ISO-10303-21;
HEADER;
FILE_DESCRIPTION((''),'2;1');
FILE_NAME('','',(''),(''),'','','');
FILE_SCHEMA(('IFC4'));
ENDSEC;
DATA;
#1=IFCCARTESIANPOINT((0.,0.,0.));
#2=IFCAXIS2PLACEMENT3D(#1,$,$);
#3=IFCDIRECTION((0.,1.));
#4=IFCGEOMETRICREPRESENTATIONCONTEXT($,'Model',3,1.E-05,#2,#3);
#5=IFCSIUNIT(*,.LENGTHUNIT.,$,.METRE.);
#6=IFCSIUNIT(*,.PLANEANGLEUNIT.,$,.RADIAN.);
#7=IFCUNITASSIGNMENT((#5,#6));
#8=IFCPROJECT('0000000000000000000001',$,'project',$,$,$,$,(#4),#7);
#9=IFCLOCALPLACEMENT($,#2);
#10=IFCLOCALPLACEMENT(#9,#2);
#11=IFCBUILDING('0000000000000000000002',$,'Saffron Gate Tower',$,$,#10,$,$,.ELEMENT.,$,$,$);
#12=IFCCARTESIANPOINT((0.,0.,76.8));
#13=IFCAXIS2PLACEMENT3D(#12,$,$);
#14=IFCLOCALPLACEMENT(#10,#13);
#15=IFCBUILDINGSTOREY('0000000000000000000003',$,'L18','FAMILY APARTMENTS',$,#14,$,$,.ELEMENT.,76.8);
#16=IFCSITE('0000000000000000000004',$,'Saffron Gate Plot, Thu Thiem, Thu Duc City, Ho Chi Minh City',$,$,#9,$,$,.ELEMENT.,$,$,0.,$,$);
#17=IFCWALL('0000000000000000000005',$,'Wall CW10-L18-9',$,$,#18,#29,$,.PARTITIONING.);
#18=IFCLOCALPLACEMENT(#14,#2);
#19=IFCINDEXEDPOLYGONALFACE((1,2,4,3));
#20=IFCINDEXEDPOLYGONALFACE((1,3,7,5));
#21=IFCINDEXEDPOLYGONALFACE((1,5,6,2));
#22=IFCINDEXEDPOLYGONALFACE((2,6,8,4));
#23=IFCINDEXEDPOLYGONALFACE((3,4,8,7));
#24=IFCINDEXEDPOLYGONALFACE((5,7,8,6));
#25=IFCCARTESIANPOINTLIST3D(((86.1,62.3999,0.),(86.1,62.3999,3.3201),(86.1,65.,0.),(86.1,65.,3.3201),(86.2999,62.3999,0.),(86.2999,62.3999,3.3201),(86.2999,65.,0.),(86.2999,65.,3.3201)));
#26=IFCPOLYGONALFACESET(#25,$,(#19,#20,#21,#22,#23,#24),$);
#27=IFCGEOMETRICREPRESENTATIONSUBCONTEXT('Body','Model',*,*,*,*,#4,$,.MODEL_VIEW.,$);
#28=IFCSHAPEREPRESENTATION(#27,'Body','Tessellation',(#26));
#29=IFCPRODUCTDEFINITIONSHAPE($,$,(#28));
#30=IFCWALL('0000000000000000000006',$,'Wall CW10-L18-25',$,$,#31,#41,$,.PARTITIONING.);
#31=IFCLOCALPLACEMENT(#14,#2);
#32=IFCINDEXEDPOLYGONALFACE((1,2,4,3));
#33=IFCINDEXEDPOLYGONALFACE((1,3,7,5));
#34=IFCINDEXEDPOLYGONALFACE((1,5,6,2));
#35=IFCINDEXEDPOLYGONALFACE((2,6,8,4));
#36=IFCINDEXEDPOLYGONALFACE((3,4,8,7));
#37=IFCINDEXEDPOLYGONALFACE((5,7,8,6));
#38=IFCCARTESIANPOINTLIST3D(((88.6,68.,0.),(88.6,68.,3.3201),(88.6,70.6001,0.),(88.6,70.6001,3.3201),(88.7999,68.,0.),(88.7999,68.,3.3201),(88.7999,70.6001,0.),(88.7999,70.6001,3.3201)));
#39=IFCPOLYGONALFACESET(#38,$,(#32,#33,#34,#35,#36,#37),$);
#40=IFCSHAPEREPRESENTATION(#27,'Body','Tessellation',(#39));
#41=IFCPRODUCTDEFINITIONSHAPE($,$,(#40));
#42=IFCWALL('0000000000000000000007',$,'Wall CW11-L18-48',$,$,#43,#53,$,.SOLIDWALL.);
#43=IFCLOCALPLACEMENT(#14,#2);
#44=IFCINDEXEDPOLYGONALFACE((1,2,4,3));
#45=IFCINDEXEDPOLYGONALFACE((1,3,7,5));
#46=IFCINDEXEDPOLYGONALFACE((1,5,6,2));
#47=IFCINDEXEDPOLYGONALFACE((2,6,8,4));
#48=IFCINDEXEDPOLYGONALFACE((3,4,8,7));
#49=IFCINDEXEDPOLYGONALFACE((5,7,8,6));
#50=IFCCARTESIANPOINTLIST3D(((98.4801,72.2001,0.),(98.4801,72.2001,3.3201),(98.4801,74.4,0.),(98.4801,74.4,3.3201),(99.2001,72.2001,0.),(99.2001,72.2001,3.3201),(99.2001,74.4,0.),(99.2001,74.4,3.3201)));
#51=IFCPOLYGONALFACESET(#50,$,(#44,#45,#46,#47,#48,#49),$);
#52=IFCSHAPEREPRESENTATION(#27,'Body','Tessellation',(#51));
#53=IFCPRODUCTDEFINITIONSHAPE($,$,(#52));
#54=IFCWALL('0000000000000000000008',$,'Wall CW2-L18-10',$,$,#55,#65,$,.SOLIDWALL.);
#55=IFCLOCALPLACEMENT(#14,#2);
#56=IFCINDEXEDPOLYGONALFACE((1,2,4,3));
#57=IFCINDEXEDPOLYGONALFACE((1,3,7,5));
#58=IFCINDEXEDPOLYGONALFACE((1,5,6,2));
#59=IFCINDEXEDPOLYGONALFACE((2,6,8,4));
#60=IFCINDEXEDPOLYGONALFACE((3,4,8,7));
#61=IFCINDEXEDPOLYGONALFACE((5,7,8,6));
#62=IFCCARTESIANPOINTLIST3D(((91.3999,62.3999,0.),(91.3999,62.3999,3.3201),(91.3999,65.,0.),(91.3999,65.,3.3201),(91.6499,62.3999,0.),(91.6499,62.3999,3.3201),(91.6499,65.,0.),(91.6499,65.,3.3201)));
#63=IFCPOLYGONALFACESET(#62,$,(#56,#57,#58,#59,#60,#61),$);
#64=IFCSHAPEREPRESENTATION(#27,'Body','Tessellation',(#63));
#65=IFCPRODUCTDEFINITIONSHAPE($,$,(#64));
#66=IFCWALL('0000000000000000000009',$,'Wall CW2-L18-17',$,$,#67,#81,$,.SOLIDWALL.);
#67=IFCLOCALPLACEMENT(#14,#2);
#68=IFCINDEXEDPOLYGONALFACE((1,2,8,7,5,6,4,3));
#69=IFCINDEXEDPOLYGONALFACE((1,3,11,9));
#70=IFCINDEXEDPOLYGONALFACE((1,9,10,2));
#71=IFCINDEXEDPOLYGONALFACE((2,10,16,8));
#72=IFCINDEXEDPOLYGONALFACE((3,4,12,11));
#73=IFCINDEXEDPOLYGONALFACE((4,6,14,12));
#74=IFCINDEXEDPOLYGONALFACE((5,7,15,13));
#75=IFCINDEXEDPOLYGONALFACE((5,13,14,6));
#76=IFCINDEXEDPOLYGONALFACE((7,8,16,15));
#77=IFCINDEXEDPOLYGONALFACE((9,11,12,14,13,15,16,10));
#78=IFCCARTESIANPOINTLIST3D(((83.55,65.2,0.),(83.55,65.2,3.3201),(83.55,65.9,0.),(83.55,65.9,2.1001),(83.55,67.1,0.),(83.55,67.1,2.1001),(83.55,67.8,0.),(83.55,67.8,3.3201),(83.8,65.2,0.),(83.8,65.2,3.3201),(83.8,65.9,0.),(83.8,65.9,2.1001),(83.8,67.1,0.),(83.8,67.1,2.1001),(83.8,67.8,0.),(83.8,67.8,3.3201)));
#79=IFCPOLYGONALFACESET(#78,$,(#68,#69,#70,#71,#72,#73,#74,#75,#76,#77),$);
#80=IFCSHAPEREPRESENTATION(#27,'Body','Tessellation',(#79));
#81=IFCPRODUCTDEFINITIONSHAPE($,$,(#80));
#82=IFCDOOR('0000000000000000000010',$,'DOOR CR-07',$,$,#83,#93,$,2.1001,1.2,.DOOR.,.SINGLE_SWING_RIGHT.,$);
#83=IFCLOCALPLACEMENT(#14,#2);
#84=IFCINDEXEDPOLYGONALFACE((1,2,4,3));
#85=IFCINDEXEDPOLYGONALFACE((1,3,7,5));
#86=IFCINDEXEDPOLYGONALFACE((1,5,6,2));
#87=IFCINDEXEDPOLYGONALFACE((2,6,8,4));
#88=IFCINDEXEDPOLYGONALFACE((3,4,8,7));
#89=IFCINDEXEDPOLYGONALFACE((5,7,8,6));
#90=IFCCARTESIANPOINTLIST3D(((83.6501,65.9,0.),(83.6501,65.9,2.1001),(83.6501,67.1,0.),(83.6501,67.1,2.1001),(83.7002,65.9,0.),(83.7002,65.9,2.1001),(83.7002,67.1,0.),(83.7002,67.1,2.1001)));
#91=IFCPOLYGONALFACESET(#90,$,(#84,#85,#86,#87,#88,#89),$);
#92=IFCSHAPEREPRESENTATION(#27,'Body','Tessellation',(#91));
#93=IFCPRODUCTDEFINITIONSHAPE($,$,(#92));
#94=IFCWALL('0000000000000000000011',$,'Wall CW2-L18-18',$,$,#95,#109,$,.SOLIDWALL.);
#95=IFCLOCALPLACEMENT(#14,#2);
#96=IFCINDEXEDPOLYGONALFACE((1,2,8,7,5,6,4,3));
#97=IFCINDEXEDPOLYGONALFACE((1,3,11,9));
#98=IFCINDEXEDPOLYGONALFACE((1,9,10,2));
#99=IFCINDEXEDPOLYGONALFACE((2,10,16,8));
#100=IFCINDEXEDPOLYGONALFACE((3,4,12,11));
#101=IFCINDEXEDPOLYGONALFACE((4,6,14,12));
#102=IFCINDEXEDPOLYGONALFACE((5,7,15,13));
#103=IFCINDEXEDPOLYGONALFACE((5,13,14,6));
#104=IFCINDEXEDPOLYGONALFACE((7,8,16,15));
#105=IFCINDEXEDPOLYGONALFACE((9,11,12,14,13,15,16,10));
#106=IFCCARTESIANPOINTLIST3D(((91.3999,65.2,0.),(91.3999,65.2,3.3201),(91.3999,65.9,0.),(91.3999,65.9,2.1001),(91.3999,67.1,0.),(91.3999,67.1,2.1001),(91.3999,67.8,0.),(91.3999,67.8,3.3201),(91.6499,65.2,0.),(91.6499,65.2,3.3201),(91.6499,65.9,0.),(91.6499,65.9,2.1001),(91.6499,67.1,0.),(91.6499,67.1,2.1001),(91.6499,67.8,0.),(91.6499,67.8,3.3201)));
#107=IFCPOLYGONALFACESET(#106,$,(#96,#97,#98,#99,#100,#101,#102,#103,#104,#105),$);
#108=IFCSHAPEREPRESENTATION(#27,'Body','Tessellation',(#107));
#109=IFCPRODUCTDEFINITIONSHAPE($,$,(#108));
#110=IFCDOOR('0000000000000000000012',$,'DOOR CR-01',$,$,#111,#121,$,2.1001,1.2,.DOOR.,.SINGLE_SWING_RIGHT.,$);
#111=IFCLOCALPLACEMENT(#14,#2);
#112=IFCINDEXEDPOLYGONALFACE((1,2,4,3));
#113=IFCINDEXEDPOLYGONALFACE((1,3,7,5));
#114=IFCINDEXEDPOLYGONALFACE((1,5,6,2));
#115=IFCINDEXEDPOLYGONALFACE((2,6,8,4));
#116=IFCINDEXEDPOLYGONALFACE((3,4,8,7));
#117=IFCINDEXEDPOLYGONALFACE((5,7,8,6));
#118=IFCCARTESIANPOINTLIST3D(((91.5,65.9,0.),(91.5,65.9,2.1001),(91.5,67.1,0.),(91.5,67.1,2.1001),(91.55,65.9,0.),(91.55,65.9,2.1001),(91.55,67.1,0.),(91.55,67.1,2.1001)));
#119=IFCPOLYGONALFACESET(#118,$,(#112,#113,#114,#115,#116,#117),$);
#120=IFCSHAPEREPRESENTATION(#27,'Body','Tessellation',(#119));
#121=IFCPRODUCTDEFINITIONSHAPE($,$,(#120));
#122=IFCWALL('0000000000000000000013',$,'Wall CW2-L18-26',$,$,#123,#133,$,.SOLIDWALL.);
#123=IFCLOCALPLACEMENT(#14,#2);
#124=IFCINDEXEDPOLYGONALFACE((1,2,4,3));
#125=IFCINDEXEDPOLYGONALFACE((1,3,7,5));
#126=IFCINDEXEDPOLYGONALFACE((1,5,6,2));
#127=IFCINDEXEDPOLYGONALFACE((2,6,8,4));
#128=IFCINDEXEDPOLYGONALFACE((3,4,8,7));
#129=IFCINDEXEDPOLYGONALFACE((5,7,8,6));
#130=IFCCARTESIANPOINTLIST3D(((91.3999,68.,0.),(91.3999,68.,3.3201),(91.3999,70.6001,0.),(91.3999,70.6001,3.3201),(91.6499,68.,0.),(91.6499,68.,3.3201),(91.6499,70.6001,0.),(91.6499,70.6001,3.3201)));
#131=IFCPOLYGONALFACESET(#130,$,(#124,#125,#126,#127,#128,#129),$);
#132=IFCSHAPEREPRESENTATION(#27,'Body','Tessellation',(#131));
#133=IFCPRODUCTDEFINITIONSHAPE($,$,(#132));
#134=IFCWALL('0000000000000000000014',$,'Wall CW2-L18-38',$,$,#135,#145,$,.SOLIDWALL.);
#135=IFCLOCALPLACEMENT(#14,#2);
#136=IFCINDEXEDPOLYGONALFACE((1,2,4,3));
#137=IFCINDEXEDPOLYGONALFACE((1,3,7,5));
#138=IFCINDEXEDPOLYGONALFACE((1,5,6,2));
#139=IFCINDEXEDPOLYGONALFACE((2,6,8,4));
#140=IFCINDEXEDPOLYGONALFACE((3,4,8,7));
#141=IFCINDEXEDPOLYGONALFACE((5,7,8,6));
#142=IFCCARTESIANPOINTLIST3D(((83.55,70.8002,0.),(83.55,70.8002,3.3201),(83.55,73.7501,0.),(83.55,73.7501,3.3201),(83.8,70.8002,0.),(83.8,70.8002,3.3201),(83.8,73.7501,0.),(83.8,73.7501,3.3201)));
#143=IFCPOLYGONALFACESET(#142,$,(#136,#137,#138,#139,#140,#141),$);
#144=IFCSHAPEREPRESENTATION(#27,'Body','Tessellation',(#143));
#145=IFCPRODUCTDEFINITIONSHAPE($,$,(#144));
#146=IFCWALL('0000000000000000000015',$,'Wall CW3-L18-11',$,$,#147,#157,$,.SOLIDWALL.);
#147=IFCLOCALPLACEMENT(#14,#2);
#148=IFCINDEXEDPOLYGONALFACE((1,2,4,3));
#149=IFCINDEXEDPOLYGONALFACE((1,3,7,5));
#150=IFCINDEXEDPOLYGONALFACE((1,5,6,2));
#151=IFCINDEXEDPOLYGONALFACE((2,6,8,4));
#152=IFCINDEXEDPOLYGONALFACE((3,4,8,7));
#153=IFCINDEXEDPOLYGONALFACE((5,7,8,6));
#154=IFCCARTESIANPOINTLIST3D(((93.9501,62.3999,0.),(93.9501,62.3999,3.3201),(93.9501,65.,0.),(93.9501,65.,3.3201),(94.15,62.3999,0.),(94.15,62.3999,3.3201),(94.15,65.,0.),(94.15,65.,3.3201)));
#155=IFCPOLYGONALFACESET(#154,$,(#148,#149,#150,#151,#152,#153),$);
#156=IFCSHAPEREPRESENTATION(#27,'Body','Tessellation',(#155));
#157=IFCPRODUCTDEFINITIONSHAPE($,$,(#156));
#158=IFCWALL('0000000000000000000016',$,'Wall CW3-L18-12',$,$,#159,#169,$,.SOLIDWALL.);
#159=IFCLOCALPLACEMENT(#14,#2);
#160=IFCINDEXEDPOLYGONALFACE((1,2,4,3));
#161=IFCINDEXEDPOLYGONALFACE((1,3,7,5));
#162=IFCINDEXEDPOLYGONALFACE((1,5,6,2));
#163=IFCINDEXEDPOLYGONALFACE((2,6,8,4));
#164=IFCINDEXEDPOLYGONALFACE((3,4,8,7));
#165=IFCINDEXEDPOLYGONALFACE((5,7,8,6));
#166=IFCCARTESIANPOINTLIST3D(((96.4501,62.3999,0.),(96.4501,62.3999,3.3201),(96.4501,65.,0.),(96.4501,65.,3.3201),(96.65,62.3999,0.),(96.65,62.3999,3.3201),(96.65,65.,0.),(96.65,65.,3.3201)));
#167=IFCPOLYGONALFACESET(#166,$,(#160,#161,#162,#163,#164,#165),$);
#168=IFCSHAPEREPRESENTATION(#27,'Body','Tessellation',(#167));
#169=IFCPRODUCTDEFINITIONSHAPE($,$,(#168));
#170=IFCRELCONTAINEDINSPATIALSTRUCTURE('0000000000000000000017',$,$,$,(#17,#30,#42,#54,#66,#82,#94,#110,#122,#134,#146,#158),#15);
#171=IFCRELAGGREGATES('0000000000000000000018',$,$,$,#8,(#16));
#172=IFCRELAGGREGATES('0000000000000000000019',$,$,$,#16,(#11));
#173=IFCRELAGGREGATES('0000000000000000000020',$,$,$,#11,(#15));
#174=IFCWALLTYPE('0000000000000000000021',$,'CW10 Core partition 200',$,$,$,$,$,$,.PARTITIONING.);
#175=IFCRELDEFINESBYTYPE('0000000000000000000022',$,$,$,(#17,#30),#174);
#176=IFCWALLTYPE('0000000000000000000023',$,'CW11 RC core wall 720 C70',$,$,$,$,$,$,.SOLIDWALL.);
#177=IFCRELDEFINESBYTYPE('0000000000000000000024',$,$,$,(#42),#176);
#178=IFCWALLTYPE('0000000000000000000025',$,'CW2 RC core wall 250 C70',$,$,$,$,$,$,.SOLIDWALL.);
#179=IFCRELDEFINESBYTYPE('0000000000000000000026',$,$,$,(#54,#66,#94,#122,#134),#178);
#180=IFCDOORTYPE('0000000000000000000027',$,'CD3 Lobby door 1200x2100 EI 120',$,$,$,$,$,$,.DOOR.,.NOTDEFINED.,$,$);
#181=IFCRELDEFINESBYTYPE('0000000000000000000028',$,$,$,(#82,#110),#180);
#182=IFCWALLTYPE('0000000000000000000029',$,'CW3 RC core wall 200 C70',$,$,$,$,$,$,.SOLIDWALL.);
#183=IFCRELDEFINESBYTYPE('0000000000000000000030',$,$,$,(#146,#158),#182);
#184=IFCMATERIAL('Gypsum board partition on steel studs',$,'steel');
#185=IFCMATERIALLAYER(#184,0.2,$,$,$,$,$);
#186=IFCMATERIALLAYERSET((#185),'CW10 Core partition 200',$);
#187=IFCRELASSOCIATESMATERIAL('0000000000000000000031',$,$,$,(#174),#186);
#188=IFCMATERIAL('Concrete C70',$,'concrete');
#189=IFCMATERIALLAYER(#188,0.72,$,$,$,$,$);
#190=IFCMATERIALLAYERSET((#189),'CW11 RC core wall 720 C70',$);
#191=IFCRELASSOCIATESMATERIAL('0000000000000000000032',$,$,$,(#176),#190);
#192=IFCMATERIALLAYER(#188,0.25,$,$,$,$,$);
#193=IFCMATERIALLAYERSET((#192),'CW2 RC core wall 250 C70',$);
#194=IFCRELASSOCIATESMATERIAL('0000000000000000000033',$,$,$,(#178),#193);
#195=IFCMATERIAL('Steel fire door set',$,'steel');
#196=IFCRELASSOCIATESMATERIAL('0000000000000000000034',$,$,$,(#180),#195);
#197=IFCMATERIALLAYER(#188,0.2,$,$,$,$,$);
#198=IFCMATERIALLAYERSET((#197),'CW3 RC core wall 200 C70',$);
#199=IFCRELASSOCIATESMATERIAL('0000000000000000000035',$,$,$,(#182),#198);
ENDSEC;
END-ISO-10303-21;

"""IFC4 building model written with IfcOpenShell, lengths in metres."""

from ifc_helpers import new_model, si_unit, direction, frame, frame_2d, origin, place, context, subcontext, project, spatial, rectangle, extrude, material, layer, layer_set, type_object, element, fill, save


model = new_model("IFC4")

# Units and contexts
model_context = context("Model", 3, precision=1e-05, world=origin(), true_north=direction((0.0, 1.0)))
body_context = subcontext(model_context, "Body", "Model", "MODEL_VIEW")
ifc_project = project(units=[si_unit("LENGTHUNIT", "METRE"), si_unit("PLANEANGLEUNIT", "RADIAN")], contexts=[model_context])

# Site, building, storey
site_placement = place(None, origin())
site = spatial("IfcSite", under=ifc_project, at=site_placement, Name="Saffron Gate Plot, Thu Thiem, Thu Duc City, Ho Chi Minh City", CompositionType="ELEMENT", RefElevation=0.0)
building_placement = place(site_placement, origin())
building = spatial("IfcBuilding", under=site, at=building_placement, Name="Saffron Gate Tower", CompositionType="ELEMENT")
storey_placement = place(building_placement, frame((0.0, 0.0, 76.8)))
storey = spatial("IfcBuildingStorey", under=building, at=storey_placement, Name="L18", Description="FAMILY APARTMENTS", CompositionType="ELEMENT", Elevation=76.8)

# Walls
ifc_material_1 = material(Name="Gypsum board partition on steel studs", Category="steel")
ifc_layer_1 = layer(ifc_material_1, 0.2)
ifc_layer_set_1 = layer_set([ifc_layer_1], Name="CW10 Core partition 200")
wall_type_1 = type_object("IfcWallType", Name="CW10 Core partition 200", PredefinedType="PARTITIONING", material=ifc_layer_set_1)
for number, where, z_axis, x_axis, name in (
    (1, (86.2, 62.3999, 0.0), (0.0, 0.0, 1.0), (0.0, 1.0, 0.0), "Wall CW10-L18-9"),
    (2, (88.7, 68.0, 0.0), (0.0, 0.0, 1.0), (0.0, 1.0, 0.0), "Wall CW10-L18-25"),
):
    element("IfcWall", number, at=place(storey_placement, frame(where, z_axis=z_axis, x_axis=x_axis)), inside=storey, type_object=wall_type_1, Name=name, PredefinedType="PARTITIONING", context=body_context, shape_type="SweptSolid", body=[
        extrude(rectangle(XDim=2.6001, YDim=0.2, at=frame_2d((1.3, 0.0))), origin(), (0.0, 0.0, 1.0), 3.3201),
    ])
ifc_material_2 = material(Name="Concrete C70", Category="concrete")
ifc_layer_2 = layer(ifc_material_2, 0.72)
ifc_layer_set_2 = layer_set([ifc_layer_2], Name="CW11 RC core wall 720 C70")
wall_type_2 = type_object("IfcWallType", Name="CW11 RC core wall 720 C70", PredefinedType="SOLIDWALL", material=ifc_layer_set_2)
wall_1_placement = place(storey_placement, frame((98.8401, 72.2, 0.0), z_axis=(0.0, 0.0, 1.0), x_axis=(0.0, 1.0, 0.0)))
element("IfcWall", 3, at=wall_1_placement, inside=storey, type_object=wall_type_2, Name="Wall CW11-L18-48", PredefinedType="SOLIDWALL", context=body_context, shape_type="SweptSolid", body=[
    extrude(rectangle(XDim=2.2, YDim=0.72, at=frame_2d((1.1001, 0.0))), origin(), (0.0, 0.0, 1.0), 3.3201),
])
ifc_layer_3 = layer(ifc_material_2, 0.25)
ifc_layer_set_3 = layer_set([ifc_layer_3], Name="CW2 RC core wall 250 C70")
wall_type_3 = type_object("IfcWallType", Name="CW2 RC core wall 250 C70", PredefinedType="SOLIDWALL", material=ifc_layer_set_3)
wall_2_placement = place(storey_placement, frame((91.5249, 62.3999, 0.0), z_axis=(0.0, 0.0, 1.0), x_axis=(0.0, 1.0, 0.0)))
element("IfcWall", 4, at=wall_2_placement, inside=storey, type_object=wall_type_3, Name="Wall CW2-L18-10", PredefinedType="SOLIDWALL", context=body_context, shape_type="SweptSolid", body=[
    extrude(rectangle(XDim=2.6001, YDim=0.25, at=frame_2d((1.3, 0.0))), origin(), (0.0, 0.0, 1.0), 3.3201),
])

# Walls, openings, doors
wall_3_placement = place(storey_placement, frame((83.675, 65.2, 0.0), z_axis=(0.0, 0.0, 1.0), x_axis=(0.0, 1.0, 0.0)))
wall_3 = element("IfcWall", 5, at=wall_3_placement, inside=storey, type_object=wall_type_3, Name="Wall CW2-L18-17", PredefinedType="SOLIDWALL", context=body_context, shape_type="SweptSolid", body=[
    extrude(rectangle(XDim=2.6001, YDim=0.25, at=frame_2d((1.3, 0.0))), origin(), (0.0, 0.0, 1.0), 3.3201),
])
opening_1_placement = place(wall_3_placement, frame((0.7, 0.0, 0.0)))
opening_1 = element("IfcOpeningElement", 6, at=opening_1_placement, cuts=wall_3, PredefinedType="OPENING", context=body_context, shape_type="SweptSolid", body=[
    extrude(rectangle(XDim=1.2, YDim=2.1001, at=frame_2d((0.6001, 1.05))), frame((0.0, 0.135, 0.0), z_axis=(0.0, -1.0, 0.0), x_axis=(1.0, 0.0, 0.0)), (0.0, 0.0, 1.0), 0.27),
])
ifc_material_3 = material(Name="Steel fire door set", Category="steel")
door_type_1 = type_object("IfcDoorType", Name="CD3 Lobby door 1200x2100 EI 120", OperationType="NOTDEFINED", PredefinedType="DOOR", material=ifc_material_3)
door_1_placement = place(opening_1_placement, origin())
door_1 = element("IfcDoor", 7, at=door_1_placement, inside=storey, type_object=door_type_1, Name="DOOR CR-07", OperationType="SINGLE_SWING_RIGHT", OverallHeight=2.1001, OverallWidth=1.2, PredefinedType="DOOR", context=body_context, shape_type="SweptSolid", body=[
    extrude(rectangle(XDim=1.2, YDim=2.1001, at=frame_2d((0.6001, 1.05))), frame((0.0, 0.0249, 0.0), z_axis=(0.0, -1.0, 0.0), x_axis=(1.0, 0.0, 0.0)), (0.0, 0.0, 1.0), 0.05),
])
fill(opening_1, door_1)
wall_4_placement = place(storey_placement, frame((91.5249, 65.2, 0.0), z_axis=(0.0, 0.0, 1.0), x_axis=(0.0, 1.0, 0.0)))
wall_4 = element("IfcWall", 8, at=wall_4_placement, inside=storey, type_object=wall_type_3, Name="Wall CW2-L18-18", PredefinedType="SOLIDWALL", context=body_context, shape_type="SweptSolid", body=[
    extrude(rectangle(XDim=2.6001, YDim=0.25, at=frame_2d((1.3, 0.0))), origin(), (0.0, 0.0, 1.0), 3.3201),
])
opening_2_placement = place(wall_4_placement, frame((0.7, 0.0, 0.0)))
opening_2 = element("IfcOpeningElement", 9, at=opening_2_placement, cuts=wall_4, PredefinedType="OPENING", context=body_context, shape_type="SweptSolid", body=[
    extrude(rectangle(XDim=1.2, YDim=2.1001, at=frame_2d((0.6001, 1.05))), frame((0.0, 0.135, 0.0), z_axis=(0.0, -1.0, 0.0), x_axis=(1.0, 0.0, 0.0)), (0.0, 0.0, 1.0), 0.27),
])
door_2_placement = place(opening_2_placement, origin())
door_2 = element("IfcDoor", 10, at=door_2_placement, inside=storey, type_object=door_type_1, Name="DOOR CR-01", OperationType="SINGLE_SWING_RIGHT", OverallHeight=2.1001, OverallWidth=1.2, PredefinedType="DOOR", context=body_context, shape_type="SweptSolid", body=[
    extrude(rectangle(XDim=1.2, YDim=2.1001, at=frame_2d((0.6001, 1.05))), frame((0.0, 0.0249, 0.0), z_axis=(0.0, -1.0, 0.0), x_axis=(1.0, 0.0, 0.0)), (0.0, 0.0, 1.0), 0.05),
])
fill(opening_2, door_2)

# Walls
wall_5_placement = place(storey_placement, frame((91.5249, 68.0, 0.0), z_axis=(0.0, 0.0, 1.0), x_axis=(0.0, 1.0, 0.0)))
element("IfcWall", 11, at=wall_5_placement, inside=storey, type_object=wall_type_3, Name="Wall CW2-L18-26", PredefinedType="SOLIDWALL", context=body_context, shape_type="SweptSolid", body=[
    extrude(rectangle(XDim=2.6001, YDim=0.25, at=frame_2d((1.3, 0.0))), origin(), (0.0, 0.0, 1.0), 3.3201),
])
wall_6_placement = place(storey_placement, frame((83.675, 70.8, 0.0), z_axis=(0.0, 0.0, 1.0), x_axis=(0.0, 1.0, 0.0)))
element("IfcWall", 12, at=wall_6_placement, inside=storey, type_object=wall_type_3, Name="Wall CW2-L18-38", PredefinedType="SOLIDWALL", context=body_context, shape_type="SweptSolid", body=[
    extrude(rectangle(XDim=2.95, YDim=0.25, at=frame_2d((1.4751, 0.0))), origin(), (0.0, 0.0, 1.0), 3.3201),
])
ifc_layer_4 = layer(ifc_material_2, 0.2)
ifc_layer_set_4 = layer_set([ifc_layer_4], Name="CW3 RC core wall 200 C70")
wall_type_4 = type_object("IfcWallType", Name="CW3 RC core wall 200 C70", PredefinedType="SOLIDWALL", material=ifc_layer_set_4)
for number, where, z_axis, x_axis, name in (
    (13, (94.05, 62.3999, 0.0), (0.0, 0.0, 1.0), (0.0, 1.0, 0.0), "Wall CW3-L18-11"),
    (14, (96.55, 62.3999, 0.0), (0.0, 0.0, 1.0), (0.0, 1.0, 0.0), "Wall CW3-L18-12"),
):
    element("IfcWall", number, at=place(storey_placement, frame(where, z_axis=z_axis, x_axis=x_axis)), inside=storey, type_object=wall_type_4, Name=name, PredefinedType="SOLIDWALL", context=body_context, shape_type="SweptSolid", body=[
        extrude(rectangle(XDim=2.6001, YDim=0.2, at=frame_2d((1.3, 0.0))), origin(), (0.0, 0.0, 1.0), 3.3201),
    ])

save(model, "model.ifc")
